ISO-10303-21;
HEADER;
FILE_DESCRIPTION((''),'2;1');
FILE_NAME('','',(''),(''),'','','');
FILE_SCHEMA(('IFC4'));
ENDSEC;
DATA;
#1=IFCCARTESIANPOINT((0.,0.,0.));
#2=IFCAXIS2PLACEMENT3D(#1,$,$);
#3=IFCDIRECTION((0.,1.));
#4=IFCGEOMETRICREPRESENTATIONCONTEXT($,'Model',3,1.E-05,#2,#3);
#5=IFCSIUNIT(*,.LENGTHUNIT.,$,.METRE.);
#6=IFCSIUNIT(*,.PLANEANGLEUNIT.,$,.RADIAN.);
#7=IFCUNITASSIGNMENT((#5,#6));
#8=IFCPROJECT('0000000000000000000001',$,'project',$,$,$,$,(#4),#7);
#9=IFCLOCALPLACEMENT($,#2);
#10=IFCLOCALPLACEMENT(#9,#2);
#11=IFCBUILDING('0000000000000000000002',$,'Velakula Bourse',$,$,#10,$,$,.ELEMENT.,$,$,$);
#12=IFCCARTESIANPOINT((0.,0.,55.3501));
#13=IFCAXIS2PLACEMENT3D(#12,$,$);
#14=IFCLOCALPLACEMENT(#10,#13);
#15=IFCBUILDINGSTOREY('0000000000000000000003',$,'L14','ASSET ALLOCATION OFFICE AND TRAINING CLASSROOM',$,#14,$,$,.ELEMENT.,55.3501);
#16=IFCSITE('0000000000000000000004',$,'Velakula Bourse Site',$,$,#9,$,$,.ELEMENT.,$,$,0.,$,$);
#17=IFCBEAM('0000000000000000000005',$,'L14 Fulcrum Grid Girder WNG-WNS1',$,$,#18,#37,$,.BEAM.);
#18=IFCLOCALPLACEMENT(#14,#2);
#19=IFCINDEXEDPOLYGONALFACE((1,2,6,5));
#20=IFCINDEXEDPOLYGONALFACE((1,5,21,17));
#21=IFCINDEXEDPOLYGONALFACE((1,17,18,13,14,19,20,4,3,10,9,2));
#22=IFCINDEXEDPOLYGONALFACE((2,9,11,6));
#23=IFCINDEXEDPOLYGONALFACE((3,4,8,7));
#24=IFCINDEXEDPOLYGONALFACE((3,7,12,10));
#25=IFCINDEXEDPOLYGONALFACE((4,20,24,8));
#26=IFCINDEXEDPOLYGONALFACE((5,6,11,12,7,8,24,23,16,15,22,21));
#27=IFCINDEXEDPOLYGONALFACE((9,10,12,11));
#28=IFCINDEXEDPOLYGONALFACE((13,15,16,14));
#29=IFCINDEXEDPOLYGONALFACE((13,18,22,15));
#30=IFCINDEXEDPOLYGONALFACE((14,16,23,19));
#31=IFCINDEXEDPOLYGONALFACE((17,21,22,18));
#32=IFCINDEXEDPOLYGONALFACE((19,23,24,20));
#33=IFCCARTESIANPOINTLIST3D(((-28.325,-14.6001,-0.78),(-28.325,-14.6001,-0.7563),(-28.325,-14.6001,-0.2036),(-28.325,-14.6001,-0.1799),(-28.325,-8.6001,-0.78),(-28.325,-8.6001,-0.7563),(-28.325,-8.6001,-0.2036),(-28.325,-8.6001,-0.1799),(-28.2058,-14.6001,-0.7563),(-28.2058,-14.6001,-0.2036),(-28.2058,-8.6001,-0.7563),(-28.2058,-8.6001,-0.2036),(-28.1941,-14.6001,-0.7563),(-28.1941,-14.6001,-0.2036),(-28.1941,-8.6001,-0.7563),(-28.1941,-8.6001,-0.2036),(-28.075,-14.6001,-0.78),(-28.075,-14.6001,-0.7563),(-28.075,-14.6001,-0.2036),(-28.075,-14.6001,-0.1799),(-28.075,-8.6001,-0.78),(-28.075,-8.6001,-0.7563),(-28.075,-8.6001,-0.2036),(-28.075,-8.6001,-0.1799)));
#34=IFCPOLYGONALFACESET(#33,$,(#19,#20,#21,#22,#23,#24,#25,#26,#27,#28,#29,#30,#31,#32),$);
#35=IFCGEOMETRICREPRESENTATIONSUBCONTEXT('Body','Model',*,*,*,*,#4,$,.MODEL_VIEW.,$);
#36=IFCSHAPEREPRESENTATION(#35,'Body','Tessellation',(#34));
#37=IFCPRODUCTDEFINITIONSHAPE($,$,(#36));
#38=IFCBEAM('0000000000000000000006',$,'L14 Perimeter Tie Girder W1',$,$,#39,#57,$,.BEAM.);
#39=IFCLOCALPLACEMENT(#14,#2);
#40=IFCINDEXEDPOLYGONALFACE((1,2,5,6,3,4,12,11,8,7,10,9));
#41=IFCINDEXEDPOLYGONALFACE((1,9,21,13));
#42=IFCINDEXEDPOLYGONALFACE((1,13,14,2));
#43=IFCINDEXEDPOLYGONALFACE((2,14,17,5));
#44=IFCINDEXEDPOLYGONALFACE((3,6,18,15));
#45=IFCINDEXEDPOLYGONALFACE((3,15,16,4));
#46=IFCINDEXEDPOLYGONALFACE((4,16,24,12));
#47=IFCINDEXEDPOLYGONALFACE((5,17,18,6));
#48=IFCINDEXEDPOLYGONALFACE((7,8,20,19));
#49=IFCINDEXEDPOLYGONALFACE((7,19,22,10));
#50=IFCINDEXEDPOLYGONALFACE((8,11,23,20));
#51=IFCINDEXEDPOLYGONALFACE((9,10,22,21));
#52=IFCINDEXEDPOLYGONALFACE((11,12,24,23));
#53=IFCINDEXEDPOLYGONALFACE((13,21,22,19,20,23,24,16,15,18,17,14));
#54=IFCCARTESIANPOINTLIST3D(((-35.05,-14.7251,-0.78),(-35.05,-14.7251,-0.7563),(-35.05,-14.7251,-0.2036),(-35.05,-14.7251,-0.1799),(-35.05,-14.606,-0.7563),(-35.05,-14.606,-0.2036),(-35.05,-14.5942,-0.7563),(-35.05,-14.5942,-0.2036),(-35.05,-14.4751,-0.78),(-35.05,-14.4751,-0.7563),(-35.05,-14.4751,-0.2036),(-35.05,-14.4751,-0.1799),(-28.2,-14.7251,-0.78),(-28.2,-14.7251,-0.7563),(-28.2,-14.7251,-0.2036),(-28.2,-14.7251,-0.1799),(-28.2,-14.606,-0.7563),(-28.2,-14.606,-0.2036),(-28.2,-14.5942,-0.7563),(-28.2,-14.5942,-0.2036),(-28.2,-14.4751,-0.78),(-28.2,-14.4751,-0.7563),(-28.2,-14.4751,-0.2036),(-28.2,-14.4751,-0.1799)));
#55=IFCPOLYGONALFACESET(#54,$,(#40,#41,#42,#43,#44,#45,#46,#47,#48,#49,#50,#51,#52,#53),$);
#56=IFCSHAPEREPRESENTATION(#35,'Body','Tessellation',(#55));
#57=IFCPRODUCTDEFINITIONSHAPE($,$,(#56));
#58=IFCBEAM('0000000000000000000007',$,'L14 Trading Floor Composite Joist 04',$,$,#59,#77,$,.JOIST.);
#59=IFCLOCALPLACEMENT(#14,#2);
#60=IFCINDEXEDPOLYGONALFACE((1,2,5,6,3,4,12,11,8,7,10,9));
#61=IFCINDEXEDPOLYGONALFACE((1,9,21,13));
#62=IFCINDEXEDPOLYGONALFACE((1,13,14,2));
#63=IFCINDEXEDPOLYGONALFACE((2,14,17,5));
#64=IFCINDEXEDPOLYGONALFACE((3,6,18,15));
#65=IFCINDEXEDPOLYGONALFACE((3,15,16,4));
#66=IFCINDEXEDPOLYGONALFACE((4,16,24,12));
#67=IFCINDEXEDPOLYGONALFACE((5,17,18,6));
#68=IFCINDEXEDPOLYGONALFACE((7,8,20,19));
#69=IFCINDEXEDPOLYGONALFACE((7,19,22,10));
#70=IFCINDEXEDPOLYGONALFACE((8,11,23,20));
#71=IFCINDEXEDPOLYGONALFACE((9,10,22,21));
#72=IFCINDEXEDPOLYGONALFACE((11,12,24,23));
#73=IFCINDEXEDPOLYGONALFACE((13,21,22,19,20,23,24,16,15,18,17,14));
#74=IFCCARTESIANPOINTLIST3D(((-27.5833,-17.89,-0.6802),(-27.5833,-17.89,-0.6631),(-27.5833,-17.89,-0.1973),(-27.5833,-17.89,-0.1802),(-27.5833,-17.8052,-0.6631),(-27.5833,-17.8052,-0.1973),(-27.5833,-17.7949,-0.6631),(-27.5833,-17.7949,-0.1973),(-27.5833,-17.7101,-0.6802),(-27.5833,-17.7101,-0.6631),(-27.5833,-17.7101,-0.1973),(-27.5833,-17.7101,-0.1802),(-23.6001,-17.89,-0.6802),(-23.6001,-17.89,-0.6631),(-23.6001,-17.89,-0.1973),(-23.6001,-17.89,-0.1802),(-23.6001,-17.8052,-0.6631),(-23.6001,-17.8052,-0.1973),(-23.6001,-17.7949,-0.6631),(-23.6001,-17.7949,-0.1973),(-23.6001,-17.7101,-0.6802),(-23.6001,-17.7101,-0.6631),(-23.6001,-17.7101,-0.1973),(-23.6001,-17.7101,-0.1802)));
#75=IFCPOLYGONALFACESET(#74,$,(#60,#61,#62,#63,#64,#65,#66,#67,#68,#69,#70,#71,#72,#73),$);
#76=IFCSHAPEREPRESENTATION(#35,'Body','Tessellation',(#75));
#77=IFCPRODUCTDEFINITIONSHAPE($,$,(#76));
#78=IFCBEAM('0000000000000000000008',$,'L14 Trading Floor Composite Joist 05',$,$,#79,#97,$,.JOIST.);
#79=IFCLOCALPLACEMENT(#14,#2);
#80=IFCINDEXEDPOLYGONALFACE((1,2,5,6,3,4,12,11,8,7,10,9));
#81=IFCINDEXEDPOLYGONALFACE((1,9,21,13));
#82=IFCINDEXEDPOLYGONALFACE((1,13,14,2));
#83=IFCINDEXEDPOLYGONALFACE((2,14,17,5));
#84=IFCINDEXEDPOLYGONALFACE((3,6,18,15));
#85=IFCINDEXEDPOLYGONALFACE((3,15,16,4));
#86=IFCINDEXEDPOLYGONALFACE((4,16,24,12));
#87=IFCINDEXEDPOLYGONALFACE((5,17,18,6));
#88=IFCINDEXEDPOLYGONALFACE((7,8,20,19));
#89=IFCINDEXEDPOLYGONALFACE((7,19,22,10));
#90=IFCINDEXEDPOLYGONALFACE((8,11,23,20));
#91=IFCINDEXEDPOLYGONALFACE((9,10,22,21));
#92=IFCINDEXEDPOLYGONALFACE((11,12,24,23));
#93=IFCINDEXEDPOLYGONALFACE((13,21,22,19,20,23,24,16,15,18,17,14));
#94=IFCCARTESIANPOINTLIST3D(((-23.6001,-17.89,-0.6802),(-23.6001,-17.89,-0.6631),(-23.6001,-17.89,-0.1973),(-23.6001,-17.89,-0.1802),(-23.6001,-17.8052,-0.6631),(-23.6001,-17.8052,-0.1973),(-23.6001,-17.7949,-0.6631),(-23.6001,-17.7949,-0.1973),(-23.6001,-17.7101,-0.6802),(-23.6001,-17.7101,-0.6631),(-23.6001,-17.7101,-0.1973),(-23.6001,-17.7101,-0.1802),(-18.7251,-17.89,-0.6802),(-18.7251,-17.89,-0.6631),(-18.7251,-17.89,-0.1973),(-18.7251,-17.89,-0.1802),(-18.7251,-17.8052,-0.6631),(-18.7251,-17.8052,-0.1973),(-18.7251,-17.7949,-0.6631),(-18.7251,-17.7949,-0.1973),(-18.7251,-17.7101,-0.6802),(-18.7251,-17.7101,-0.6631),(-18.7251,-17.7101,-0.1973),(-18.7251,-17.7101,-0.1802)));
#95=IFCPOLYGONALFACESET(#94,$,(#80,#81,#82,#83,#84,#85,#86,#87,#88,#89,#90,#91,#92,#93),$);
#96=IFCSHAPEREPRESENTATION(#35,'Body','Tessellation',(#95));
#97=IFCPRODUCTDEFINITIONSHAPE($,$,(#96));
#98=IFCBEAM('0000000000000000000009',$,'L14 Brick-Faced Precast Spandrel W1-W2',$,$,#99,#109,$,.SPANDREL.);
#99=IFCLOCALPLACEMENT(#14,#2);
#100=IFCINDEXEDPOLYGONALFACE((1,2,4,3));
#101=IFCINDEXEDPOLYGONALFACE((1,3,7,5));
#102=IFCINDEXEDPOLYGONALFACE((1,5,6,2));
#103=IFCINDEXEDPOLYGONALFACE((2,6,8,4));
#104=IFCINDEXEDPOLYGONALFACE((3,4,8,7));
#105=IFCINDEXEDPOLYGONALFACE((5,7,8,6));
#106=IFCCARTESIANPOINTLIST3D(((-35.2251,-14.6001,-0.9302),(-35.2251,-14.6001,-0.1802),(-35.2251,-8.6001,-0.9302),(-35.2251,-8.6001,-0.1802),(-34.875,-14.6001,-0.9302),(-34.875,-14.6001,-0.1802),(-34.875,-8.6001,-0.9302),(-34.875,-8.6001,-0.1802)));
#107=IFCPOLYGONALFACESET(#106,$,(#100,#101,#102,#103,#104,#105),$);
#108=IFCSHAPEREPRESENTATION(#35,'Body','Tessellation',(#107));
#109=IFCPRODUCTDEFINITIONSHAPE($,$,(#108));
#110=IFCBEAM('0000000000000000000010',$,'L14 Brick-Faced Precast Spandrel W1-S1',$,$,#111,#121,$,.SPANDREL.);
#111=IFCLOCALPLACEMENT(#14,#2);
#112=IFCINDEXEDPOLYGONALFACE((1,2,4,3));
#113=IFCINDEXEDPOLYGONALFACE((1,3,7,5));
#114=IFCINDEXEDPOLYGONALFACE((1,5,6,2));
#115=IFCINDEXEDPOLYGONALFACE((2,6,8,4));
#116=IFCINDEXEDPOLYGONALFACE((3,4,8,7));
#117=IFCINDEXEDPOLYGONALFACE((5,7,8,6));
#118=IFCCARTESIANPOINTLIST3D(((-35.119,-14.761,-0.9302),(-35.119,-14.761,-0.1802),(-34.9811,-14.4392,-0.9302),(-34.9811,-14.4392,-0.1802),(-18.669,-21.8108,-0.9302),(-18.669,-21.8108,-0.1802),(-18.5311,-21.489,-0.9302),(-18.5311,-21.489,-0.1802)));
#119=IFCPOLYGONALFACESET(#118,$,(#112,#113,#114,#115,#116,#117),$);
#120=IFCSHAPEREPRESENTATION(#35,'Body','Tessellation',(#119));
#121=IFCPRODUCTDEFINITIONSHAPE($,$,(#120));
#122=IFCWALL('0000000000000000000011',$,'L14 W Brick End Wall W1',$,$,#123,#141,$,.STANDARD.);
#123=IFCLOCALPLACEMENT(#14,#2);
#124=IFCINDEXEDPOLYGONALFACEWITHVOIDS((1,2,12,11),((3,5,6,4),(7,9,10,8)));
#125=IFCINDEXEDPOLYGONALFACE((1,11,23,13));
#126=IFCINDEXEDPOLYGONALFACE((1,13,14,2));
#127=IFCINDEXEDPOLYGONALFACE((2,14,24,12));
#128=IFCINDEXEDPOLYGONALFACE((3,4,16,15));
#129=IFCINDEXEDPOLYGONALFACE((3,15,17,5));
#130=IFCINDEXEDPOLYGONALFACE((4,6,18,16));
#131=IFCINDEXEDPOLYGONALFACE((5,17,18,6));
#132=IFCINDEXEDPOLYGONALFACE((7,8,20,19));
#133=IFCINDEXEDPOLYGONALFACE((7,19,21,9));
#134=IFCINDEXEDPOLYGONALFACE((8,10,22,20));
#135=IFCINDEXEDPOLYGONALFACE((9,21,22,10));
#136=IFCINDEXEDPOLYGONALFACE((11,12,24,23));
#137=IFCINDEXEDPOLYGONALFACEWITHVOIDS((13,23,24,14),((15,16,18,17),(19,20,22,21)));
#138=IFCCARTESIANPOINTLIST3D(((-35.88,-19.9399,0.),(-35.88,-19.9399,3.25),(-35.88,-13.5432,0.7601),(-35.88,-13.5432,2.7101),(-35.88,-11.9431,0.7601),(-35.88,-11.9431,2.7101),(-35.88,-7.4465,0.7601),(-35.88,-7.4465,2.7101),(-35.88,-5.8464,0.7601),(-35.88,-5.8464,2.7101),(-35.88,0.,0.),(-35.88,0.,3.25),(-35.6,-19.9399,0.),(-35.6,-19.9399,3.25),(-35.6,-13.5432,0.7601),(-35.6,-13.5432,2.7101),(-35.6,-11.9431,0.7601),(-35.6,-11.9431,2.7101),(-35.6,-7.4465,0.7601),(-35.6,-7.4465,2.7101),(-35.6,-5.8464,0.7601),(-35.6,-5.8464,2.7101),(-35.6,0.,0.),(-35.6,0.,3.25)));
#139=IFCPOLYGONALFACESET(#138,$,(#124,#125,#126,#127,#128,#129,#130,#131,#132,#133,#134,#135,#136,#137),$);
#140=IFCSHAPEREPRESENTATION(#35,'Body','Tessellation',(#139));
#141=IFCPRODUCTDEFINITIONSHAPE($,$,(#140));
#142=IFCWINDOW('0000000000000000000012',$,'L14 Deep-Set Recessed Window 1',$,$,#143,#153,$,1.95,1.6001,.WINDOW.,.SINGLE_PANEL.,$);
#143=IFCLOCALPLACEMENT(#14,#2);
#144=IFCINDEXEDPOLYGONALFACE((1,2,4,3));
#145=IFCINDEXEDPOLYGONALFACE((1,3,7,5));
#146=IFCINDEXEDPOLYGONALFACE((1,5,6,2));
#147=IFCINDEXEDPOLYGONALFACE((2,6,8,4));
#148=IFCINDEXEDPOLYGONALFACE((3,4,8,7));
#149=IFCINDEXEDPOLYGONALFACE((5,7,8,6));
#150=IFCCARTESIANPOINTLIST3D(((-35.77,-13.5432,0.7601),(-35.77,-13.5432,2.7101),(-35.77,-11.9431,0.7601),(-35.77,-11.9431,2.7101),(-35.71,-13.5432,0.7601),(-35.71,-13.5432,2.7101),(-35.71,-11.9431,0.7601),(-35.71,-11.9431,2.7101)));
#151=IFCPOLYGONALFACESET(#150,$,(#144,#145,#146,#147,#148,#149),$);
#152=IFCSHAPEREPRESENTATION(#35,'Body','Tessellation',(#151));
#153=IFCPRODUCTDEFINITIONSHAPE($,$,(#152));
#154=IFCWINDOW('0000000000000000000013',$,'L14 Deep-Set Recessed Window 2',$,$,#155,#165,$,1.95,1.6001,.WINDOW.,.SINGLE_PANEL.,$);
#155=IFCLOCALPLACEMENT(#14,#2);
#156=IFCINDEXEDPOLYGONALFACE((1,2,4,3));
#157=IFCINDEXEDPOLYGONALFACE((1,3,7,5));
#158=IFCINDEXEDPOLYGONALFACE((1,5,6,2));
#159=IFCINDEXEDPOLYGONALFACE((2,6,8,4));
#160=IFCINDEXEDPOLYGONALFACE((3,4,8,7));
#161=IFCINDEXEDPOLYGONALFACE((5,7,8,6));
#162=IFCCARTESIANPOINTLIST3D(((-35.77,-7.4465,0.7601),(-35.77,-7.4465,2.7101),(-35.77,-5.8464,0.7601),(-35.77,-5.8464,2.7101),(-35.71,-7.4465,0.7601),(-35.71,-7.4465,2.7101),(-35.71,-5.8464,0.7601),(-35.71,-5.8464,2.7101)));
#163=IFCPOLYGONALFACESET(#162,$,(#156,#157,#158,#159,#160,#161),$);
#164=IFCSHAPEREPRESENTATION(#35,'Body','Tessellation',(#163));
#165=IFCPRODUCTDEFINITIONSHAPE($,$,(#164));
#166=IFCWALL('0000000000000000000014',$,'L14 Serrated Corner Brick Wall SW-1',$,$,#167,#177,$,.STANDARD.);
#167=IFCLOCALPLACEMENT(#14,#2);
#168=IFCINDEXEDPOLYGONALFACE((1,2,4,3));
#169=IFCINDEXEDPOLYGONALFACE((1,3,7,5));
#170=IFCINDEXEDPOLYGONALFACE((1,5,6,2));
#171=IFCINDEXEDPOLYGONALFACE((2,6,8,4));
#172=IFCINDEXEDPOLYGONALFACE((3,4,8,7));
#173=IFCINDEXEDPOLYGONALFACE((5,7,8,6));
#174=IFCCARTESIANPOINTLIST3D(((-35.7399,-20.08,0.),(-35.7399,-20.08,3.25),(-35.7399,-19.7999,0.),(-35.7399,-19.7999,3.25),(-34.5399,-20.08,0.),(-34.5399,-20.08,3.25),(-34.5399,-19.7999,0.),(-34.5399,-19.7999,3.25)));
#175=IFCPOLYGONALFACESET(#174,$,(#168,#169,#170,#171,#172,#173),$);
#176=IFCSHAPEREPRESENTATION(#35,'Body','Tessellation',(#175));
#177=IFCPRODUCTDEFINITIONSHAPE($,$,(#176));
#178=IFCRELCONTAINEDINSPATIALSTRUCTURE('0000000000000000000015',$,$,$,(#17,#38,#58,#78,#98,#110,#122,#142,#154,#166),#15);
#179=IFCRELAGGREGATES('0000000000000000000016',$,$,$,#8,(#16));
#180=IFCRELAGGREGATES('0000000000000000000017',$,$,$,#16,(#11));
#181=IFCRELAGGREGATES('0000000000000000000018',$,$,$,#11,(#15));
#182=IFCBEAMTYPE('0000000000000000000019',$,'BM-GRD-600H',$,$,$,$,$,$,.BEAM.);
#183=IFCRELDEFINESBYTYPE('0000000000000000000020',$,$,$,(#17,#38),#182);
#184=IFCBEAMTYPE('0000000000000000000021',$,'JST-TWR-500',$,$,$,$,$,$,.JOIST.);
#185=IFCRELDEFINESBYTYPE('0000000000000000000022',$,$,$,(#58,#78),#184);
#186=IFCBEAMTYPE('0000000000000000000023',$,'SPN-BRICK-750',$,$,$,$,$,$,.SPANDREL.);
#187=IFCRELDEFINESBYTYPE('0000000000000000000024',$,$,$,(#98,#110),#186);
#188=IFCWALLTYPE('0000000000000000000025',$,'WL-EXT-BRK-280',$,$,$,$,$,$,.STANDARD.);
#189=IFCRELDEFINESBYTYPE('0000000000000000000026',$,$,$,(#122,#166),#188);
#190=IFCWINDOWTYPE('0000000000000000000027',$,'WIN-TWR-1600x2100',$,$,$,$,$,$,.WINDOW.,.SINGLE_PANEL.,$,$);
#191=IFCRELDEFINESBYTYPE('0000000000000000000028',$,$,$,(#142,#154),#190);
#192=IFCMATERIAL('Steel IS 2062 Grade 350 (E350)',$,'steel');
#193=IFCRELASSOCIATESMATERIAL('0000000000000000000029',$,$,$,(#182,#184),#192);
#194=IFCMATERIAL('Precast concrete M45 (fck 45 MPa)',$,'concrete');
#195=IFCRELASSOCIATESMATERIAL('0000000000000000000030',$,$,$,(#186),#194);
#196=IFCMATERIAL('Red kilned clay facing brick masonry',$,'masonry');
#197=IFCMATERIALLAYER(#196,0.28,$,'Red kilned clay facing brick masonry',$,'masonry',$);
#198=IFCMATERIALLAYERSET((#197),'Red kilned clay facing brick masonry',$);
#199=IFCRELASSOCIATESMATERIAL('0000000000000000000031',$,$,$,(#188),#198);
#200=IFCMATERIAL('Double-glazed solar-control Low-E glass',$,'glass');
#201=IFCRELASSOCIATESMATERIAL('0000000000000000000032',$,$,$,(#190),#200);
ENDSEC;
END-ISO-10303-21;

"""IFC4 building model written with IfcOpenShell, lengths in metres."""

from ifc_helpers import new_model, si_unit, direction, frame, frame_2d, origin, origin_2d, place, context, subcontext, project, spatial, rectangle, i_section, extrude, material, layer, layer_set, material_profile, profile_set, type_object, element, fill, save


model = new_model("IFC4")

# Units and contexts
model_context = context("Model", 3, precision=1e-05, world=origin(), true_north=direction((0.0, 1.0)))
body_context = subcontext(model_context, "Body", "Model", "MODEL_VIEW")
ifc_project = project(units=[si_unit("LENGTHUNIT", "METRE"), si_unit("PLANEANGLEUNIT", "RADIAN")], contexts=[model_context])

# Site, building, storey
site_placement = place(None, origin())
site = spatial("IfcSite", under=ifc_project, at=site_placement, Name="Velakula Bourse Site", CompositionType="ELEMENT", RefElevation=0.0)
building_placement = place(site_placement, origin())
building = spatial("IfcBuilding", under=site, at=building_placement, Name="Velakula Bourse", CompositionType="ELEMENT")
storey_placement = place(building_placement, frame((0.0, 0.0, 55.3501)))
storey = spatial("IfcBuildingStorey", under=building, at=storey_placement, Name="L14", Description="ASSET ALLOCATION OFFICE AND TRAINING CLASSROOM", CompositionType="ELEMENT", Elevation=55.3501)

# Shared definitions
ifc_material_1 = material(Name="Precast concrete M45 (fck 45 MPa)", Category="concrete")

# Beams
ifc_material_2 = material(Name="Steel IS 2062 Grade 350 (E350)", Category="steel")
ifc_material_profile_1 = material_profile(ifc_material_2, i_section(OverallWidth=0.25, OverallDepth=0.6001, WebThickness=0.0117, FlangeThickness=0.0237, at=origin_2d()), Name="Steel IS 2062 Grade 350 (E350)")
ifc_profile_set_1 = profile_set([ifc_material_profile_1], Name="Steel IS 2062 Grade 350 (E350)")
beam_type_1 = type_object("IfcBeamType", Name="BM-GRD-600H", PredefinedType="BEAM", material=ifc_profile_set_1)
beam_1_placement = place(storey_placement, frame((-28.2, -14.6001, -0.48), z_axis=(0.0, 1.0, 0.0), x_axis=(-1.0, 0.0, 0.0)))
element("IfcBeam", 1, at=beam_1_placement, inside=storey, type_object=beam_type_1, Name="L14 Fulcrum Grid Girder WNG-WNS1", PredefinedType="BEAM", context=body_context, shape_type="SweptSolid", body=[
    extrude(i_section(OverallWidth=0.25, OverallDepth=0.6001, WebThickness=0.0117, FlangeThickness=0.0237, at=origin_2d()), origin(), (0.0, 0.0, 1.0), 6.0),
])
beam_2_placement = place(storey_placement, frame((-28.2, -14.6001, -0.48), z_axis=(-1.0, 0.0, 0.0), x_axis=(0.0, -1.0, 0.0)))
element("IfcBeam", 2, at=beam_2_placement, inside=storey, type_object=beam_type_1, Name="L14 Perimeter Tie Girder W1", PredefinedType="BEAM", context=body_context, shape_type="SweptSolid", body=[
    extrude(i_section(OverallWidth=0.25, OverallDepth=0.6001, WebThickness=0.0117, FlangeThickness=0.0237, at=origin_2d()), origin(), (0.0, 0.0, 1.0), 6.8501),
])
ifc_material_profile_2 = material_profile(ifc_material_2, i_section(OverallWidth=0.1799, OverallDepth=0.5, WebThickness=0.0103, FlangeThickness=0.0171, at=origin_2d()), Name="Steel IS 2062 Grade 350 (E350)")
ifc_profile_set_2 = profile_set([ifc_material_profile_2], Name="Steel IS 2062 Grade 350 (E350)")
beam_type_2 = type_object("IfcBeamType", Name="JST-TWR-500", PredefinedType="JOIST", material=ifc_profile_set_2)
beam_3_placement = place(storey_placement, frame((-27.5833, -17.8, -0.4302), z_axis=(1.0, 0.0, 0.0), x_axis=(0.0, 1.0, 0.0)))
element("IfcBeam", 3, at=beam_3_placement, inside=storey, type_object=beam_type_2, Name="L14 Trading Floor Composite Joist 04", PredefinedType="JOIST", context=body_context, shape_type="SweptSolid", body=[
    extrude(i_section(OverallWidth=0.1799, OverallDepth=0.5, WebThickness=0.0103, FlangeThickness=0.0171, at=origin_2d()), origin(), (0.0, 0.0, 1.0), 3.9832),
])
beam_4_placement = place(storey_placement, frame((-23.6001, -17.8, -0.4302), z_axis=(1.0, 0.0, 0.0), x_axis=(0.0, 1.0, 0.0)))
element("IfcBeam", 4, at=beam_4_placement, inside=storey, type_object=beam_type_2, Name="L14 Trading Floor Composite Joist 05", PredefinedType="JOIST", context=body_context, shape_type="SweptSolid", body=[
    extrude(i_section(OverallWidth=0.1799, OverallDepth=0.5, WebThickness=0.0103, FlangeThickness=0.0171, at=origin_2d()), origin(), (0.0, 0.0, 1.0), 4.875),
])
ifc_material_profile_3 = material_profile(ifc_material_1, rectangle(XDim=0.3501, YDim=0.75, at=origin_2d()), Name="Precast concrete M45 (fck 45 MPa)")
ifc_profile_set_3 = profile_set([ifc_material_profile_3], Name="Precast concrete M45 (fck 45 MPa)")
beam_type_3 = type_object("IfcBeamType", Name="SPN-BRICK-750", PredefinedType="SPANDREL", material=ifc_profile_set_3)
beam_5_placement = place(storey_placement, frame((-35.05, -14.6001, -0.5552), z_axis=(0.0, 1.0, 0.0), x_axis=(-1.0, 0.0, 0.0)))
element("IfcBeam", 5, at=beam_5_placement, inside=storey, type_object=beam_type_3, Name="L14 Brick-Faced Precast Spandrel W1-W2", PredefinedType="SPANDREL", context=body_context, shape_type="SweptSolid", body=[
    extrude(rectangle(XDim=0.3501, YDim=0.75, at=origin_2d()), origin(), (0.0, 0.0, 1.0), 6.0),
])
beam_6_placement = place(storey_placement, frame((-35.05, -14.6001, -0.5552), z_axis=(0.919149, -0.393911, 0.0), x_axis=(0.393911, 0.919149, 0.0)))
element("IfcBeam", 6, at=beam_6_placement, inside=storey, type_object=beam_type_3, Name="L14 Brick-Faced Precast Spandrel W1-S1", PredefinedType="SPANDREL", context=body_context, shape_type="SweptSolid", body=[
    extrude(rectangle(XDim=0.3501, YDim=0.75, at=origin_2d()), origin(), (0.0, 0.0, 1.0), 17.897),
])

# Wall, openings, windows
ifc_material_3 = material(Name="Red kilned clay facing brick masonry", Category="masonry")
ifc_layer_1 = layer(ifc_material_3, 0.28, Name="Red kilned clay facing brick masonry", Category="masonry")
ifc_layer_set_1 = layer_set([ifc_layer_1], Name="Red kilned clay facing brick masonry")
wall_type_1 = type_object("IfcWallType", Name="WL-EXT-BRK-280", PredefinedType="STANDARD", material=ifc_layer_set_1)
wall_1_placement = place(storey_placement, frame((-35.74, -19.9399, 0.0), z_axis=(0.0, 0.0, 1.0), x_axis=(0.0, 1.0, 0.0)))
wall_1 = element("IfcWall", 7, at=wall_1_placement, inside=storey, type_object=wall_type_1, Name="L14 W Brick End Wall W1", PredefinedType="STANDARD", context=body_context, shape_type="SweptSolid", body=[
    extrude(rectangle(XDim=19.9399, YDim=0.28, at=frame_2d((9.97, 0.0))), origin(), (0.0, 0.0, 1.0), 3.25),
])
opening_1_placement = place(wall_1_placement, frame((6.3967, 0.0, 0.76)))
opening_1 = element("IfcOpeningElement", 8, at=opening_1_placement, cuts=wall_1, PredefinedType="OPENING", context=body_context, shape_type="SweptSolid", body=[
    extrude(rectangle(XDim=1.6001, YDim=1.95, at=frame_2d((0.8, 0.9751))), frame((0.0, 0.1499, 0.0), z_axis=(0.0, -1.0, 0.0), x_axis=(1.0, 0.0, 0.0)), (0.0, 0.0, 1.0), 0.3),
])
opening_2_placement = place(wall_1_placement, frame((12.4934, 0.0, 0.76)))
opening_2 = element("IfcOpeningElement", 9, at=opening_2_placement, cuts=wall_1, PredefinedType="OPENING", context=body_context, shape_type="SweptSolid", body=[
    extrude(rectangle(XDim=1.6001, YDim=1.95, at=frame_2d((0.8, 0.9751))), frame((0.0, 0.1499, 0.0), z_axis=(0.0, -1.0, 0.0), x_axis=(1.0, 0.0, 0.0)), (0.0, 0.0, 1.0), 0.3),
])
ifc_material_4 = material(Name="Double-glazed solar-control Low-E glass", Category="glass")
window_type = type_object("IfcWindowType", Name="WIN-TWR-1600x2100", PartitioningType="SINGLE_PANEL", PredefinedType="WINDOW", material=ifc_material_4)
window_1_placement = place(opening_1_placement, origin())
window_1 = element("IfcWindow", 10, at=window_1_placement, inside=storey, type_object=window_type, Name="L14 Deep-Set Recessed Window 1", OverallHeight=1.95, OverallWidth=1.6001, PartitioningType="SINGLE_PANEL", PredefinedType="WINDOW", context=body_context, shape_type="SweptSolid", body=[
    extrude(rectangle(XDim=1.6001, YDim=1.95, at=frame_2d((0.8, 0.9751))), frame((0.0, 0.03, 0.0), z_axis=(0.0, -1.0, 0.0), x_axis=(1.0, 0.0, 0.0)), (0.0, 0.0, 1.0), 0.0601),
])
fill(opening_1, window_1)
window_2_placement = place(opening_2_placement, origin())
window_2 = element("IfcWindow", 11, at=window_2_placement, inside=storey, type_object=window_type, Name="L14 Deep-Set Recessed Window 2", OverallHeight=1.95, OverallWidth=1.6001, PartitioningType="SINGLE_PANEL", PredefinedType="WINDOW", context=body_context, shape_type="SweptSolid", body=[
    extrude(rectangle(XDim=1.6001, YDim=1.95, at=frame_2d((0.8, 0.9751))), frame((0.0, 0.03, 0.0), z_axis=(0.0, -1.0, 0.0), x_axis=(1.0, 0.0, 0.0)), (0.0, 0.0, 1.0), 0.0601),
])
fill(opening_2, window_2)

# Wall
for number, where, z_axis, x_axis, name in (
    (12, (-35.74, -19.9399, 0.0), (0.0, 0.0, 1.0), (1.0, 0.0, 0.0), "L14 Serrated Corner Brick Wall SW-1"),
):
    element("IfcWall", number, at=place(storey_placement, frame(where, z_axis=z_axis, x_axis=x_axis)), inside=storey, type_object=wall_type_1, Name=name, PredefinedType="STANDARD", context=body_context, shape_type="SweptSolid", body=[
        extrude(rectangle(XDim=1.2, YDim=0.28, at=frame_2d((0.6001, 0.0))), origin(), (0.0, 0.0, 1.0), 3.25),
    ])

save(model, "model.ifc")
